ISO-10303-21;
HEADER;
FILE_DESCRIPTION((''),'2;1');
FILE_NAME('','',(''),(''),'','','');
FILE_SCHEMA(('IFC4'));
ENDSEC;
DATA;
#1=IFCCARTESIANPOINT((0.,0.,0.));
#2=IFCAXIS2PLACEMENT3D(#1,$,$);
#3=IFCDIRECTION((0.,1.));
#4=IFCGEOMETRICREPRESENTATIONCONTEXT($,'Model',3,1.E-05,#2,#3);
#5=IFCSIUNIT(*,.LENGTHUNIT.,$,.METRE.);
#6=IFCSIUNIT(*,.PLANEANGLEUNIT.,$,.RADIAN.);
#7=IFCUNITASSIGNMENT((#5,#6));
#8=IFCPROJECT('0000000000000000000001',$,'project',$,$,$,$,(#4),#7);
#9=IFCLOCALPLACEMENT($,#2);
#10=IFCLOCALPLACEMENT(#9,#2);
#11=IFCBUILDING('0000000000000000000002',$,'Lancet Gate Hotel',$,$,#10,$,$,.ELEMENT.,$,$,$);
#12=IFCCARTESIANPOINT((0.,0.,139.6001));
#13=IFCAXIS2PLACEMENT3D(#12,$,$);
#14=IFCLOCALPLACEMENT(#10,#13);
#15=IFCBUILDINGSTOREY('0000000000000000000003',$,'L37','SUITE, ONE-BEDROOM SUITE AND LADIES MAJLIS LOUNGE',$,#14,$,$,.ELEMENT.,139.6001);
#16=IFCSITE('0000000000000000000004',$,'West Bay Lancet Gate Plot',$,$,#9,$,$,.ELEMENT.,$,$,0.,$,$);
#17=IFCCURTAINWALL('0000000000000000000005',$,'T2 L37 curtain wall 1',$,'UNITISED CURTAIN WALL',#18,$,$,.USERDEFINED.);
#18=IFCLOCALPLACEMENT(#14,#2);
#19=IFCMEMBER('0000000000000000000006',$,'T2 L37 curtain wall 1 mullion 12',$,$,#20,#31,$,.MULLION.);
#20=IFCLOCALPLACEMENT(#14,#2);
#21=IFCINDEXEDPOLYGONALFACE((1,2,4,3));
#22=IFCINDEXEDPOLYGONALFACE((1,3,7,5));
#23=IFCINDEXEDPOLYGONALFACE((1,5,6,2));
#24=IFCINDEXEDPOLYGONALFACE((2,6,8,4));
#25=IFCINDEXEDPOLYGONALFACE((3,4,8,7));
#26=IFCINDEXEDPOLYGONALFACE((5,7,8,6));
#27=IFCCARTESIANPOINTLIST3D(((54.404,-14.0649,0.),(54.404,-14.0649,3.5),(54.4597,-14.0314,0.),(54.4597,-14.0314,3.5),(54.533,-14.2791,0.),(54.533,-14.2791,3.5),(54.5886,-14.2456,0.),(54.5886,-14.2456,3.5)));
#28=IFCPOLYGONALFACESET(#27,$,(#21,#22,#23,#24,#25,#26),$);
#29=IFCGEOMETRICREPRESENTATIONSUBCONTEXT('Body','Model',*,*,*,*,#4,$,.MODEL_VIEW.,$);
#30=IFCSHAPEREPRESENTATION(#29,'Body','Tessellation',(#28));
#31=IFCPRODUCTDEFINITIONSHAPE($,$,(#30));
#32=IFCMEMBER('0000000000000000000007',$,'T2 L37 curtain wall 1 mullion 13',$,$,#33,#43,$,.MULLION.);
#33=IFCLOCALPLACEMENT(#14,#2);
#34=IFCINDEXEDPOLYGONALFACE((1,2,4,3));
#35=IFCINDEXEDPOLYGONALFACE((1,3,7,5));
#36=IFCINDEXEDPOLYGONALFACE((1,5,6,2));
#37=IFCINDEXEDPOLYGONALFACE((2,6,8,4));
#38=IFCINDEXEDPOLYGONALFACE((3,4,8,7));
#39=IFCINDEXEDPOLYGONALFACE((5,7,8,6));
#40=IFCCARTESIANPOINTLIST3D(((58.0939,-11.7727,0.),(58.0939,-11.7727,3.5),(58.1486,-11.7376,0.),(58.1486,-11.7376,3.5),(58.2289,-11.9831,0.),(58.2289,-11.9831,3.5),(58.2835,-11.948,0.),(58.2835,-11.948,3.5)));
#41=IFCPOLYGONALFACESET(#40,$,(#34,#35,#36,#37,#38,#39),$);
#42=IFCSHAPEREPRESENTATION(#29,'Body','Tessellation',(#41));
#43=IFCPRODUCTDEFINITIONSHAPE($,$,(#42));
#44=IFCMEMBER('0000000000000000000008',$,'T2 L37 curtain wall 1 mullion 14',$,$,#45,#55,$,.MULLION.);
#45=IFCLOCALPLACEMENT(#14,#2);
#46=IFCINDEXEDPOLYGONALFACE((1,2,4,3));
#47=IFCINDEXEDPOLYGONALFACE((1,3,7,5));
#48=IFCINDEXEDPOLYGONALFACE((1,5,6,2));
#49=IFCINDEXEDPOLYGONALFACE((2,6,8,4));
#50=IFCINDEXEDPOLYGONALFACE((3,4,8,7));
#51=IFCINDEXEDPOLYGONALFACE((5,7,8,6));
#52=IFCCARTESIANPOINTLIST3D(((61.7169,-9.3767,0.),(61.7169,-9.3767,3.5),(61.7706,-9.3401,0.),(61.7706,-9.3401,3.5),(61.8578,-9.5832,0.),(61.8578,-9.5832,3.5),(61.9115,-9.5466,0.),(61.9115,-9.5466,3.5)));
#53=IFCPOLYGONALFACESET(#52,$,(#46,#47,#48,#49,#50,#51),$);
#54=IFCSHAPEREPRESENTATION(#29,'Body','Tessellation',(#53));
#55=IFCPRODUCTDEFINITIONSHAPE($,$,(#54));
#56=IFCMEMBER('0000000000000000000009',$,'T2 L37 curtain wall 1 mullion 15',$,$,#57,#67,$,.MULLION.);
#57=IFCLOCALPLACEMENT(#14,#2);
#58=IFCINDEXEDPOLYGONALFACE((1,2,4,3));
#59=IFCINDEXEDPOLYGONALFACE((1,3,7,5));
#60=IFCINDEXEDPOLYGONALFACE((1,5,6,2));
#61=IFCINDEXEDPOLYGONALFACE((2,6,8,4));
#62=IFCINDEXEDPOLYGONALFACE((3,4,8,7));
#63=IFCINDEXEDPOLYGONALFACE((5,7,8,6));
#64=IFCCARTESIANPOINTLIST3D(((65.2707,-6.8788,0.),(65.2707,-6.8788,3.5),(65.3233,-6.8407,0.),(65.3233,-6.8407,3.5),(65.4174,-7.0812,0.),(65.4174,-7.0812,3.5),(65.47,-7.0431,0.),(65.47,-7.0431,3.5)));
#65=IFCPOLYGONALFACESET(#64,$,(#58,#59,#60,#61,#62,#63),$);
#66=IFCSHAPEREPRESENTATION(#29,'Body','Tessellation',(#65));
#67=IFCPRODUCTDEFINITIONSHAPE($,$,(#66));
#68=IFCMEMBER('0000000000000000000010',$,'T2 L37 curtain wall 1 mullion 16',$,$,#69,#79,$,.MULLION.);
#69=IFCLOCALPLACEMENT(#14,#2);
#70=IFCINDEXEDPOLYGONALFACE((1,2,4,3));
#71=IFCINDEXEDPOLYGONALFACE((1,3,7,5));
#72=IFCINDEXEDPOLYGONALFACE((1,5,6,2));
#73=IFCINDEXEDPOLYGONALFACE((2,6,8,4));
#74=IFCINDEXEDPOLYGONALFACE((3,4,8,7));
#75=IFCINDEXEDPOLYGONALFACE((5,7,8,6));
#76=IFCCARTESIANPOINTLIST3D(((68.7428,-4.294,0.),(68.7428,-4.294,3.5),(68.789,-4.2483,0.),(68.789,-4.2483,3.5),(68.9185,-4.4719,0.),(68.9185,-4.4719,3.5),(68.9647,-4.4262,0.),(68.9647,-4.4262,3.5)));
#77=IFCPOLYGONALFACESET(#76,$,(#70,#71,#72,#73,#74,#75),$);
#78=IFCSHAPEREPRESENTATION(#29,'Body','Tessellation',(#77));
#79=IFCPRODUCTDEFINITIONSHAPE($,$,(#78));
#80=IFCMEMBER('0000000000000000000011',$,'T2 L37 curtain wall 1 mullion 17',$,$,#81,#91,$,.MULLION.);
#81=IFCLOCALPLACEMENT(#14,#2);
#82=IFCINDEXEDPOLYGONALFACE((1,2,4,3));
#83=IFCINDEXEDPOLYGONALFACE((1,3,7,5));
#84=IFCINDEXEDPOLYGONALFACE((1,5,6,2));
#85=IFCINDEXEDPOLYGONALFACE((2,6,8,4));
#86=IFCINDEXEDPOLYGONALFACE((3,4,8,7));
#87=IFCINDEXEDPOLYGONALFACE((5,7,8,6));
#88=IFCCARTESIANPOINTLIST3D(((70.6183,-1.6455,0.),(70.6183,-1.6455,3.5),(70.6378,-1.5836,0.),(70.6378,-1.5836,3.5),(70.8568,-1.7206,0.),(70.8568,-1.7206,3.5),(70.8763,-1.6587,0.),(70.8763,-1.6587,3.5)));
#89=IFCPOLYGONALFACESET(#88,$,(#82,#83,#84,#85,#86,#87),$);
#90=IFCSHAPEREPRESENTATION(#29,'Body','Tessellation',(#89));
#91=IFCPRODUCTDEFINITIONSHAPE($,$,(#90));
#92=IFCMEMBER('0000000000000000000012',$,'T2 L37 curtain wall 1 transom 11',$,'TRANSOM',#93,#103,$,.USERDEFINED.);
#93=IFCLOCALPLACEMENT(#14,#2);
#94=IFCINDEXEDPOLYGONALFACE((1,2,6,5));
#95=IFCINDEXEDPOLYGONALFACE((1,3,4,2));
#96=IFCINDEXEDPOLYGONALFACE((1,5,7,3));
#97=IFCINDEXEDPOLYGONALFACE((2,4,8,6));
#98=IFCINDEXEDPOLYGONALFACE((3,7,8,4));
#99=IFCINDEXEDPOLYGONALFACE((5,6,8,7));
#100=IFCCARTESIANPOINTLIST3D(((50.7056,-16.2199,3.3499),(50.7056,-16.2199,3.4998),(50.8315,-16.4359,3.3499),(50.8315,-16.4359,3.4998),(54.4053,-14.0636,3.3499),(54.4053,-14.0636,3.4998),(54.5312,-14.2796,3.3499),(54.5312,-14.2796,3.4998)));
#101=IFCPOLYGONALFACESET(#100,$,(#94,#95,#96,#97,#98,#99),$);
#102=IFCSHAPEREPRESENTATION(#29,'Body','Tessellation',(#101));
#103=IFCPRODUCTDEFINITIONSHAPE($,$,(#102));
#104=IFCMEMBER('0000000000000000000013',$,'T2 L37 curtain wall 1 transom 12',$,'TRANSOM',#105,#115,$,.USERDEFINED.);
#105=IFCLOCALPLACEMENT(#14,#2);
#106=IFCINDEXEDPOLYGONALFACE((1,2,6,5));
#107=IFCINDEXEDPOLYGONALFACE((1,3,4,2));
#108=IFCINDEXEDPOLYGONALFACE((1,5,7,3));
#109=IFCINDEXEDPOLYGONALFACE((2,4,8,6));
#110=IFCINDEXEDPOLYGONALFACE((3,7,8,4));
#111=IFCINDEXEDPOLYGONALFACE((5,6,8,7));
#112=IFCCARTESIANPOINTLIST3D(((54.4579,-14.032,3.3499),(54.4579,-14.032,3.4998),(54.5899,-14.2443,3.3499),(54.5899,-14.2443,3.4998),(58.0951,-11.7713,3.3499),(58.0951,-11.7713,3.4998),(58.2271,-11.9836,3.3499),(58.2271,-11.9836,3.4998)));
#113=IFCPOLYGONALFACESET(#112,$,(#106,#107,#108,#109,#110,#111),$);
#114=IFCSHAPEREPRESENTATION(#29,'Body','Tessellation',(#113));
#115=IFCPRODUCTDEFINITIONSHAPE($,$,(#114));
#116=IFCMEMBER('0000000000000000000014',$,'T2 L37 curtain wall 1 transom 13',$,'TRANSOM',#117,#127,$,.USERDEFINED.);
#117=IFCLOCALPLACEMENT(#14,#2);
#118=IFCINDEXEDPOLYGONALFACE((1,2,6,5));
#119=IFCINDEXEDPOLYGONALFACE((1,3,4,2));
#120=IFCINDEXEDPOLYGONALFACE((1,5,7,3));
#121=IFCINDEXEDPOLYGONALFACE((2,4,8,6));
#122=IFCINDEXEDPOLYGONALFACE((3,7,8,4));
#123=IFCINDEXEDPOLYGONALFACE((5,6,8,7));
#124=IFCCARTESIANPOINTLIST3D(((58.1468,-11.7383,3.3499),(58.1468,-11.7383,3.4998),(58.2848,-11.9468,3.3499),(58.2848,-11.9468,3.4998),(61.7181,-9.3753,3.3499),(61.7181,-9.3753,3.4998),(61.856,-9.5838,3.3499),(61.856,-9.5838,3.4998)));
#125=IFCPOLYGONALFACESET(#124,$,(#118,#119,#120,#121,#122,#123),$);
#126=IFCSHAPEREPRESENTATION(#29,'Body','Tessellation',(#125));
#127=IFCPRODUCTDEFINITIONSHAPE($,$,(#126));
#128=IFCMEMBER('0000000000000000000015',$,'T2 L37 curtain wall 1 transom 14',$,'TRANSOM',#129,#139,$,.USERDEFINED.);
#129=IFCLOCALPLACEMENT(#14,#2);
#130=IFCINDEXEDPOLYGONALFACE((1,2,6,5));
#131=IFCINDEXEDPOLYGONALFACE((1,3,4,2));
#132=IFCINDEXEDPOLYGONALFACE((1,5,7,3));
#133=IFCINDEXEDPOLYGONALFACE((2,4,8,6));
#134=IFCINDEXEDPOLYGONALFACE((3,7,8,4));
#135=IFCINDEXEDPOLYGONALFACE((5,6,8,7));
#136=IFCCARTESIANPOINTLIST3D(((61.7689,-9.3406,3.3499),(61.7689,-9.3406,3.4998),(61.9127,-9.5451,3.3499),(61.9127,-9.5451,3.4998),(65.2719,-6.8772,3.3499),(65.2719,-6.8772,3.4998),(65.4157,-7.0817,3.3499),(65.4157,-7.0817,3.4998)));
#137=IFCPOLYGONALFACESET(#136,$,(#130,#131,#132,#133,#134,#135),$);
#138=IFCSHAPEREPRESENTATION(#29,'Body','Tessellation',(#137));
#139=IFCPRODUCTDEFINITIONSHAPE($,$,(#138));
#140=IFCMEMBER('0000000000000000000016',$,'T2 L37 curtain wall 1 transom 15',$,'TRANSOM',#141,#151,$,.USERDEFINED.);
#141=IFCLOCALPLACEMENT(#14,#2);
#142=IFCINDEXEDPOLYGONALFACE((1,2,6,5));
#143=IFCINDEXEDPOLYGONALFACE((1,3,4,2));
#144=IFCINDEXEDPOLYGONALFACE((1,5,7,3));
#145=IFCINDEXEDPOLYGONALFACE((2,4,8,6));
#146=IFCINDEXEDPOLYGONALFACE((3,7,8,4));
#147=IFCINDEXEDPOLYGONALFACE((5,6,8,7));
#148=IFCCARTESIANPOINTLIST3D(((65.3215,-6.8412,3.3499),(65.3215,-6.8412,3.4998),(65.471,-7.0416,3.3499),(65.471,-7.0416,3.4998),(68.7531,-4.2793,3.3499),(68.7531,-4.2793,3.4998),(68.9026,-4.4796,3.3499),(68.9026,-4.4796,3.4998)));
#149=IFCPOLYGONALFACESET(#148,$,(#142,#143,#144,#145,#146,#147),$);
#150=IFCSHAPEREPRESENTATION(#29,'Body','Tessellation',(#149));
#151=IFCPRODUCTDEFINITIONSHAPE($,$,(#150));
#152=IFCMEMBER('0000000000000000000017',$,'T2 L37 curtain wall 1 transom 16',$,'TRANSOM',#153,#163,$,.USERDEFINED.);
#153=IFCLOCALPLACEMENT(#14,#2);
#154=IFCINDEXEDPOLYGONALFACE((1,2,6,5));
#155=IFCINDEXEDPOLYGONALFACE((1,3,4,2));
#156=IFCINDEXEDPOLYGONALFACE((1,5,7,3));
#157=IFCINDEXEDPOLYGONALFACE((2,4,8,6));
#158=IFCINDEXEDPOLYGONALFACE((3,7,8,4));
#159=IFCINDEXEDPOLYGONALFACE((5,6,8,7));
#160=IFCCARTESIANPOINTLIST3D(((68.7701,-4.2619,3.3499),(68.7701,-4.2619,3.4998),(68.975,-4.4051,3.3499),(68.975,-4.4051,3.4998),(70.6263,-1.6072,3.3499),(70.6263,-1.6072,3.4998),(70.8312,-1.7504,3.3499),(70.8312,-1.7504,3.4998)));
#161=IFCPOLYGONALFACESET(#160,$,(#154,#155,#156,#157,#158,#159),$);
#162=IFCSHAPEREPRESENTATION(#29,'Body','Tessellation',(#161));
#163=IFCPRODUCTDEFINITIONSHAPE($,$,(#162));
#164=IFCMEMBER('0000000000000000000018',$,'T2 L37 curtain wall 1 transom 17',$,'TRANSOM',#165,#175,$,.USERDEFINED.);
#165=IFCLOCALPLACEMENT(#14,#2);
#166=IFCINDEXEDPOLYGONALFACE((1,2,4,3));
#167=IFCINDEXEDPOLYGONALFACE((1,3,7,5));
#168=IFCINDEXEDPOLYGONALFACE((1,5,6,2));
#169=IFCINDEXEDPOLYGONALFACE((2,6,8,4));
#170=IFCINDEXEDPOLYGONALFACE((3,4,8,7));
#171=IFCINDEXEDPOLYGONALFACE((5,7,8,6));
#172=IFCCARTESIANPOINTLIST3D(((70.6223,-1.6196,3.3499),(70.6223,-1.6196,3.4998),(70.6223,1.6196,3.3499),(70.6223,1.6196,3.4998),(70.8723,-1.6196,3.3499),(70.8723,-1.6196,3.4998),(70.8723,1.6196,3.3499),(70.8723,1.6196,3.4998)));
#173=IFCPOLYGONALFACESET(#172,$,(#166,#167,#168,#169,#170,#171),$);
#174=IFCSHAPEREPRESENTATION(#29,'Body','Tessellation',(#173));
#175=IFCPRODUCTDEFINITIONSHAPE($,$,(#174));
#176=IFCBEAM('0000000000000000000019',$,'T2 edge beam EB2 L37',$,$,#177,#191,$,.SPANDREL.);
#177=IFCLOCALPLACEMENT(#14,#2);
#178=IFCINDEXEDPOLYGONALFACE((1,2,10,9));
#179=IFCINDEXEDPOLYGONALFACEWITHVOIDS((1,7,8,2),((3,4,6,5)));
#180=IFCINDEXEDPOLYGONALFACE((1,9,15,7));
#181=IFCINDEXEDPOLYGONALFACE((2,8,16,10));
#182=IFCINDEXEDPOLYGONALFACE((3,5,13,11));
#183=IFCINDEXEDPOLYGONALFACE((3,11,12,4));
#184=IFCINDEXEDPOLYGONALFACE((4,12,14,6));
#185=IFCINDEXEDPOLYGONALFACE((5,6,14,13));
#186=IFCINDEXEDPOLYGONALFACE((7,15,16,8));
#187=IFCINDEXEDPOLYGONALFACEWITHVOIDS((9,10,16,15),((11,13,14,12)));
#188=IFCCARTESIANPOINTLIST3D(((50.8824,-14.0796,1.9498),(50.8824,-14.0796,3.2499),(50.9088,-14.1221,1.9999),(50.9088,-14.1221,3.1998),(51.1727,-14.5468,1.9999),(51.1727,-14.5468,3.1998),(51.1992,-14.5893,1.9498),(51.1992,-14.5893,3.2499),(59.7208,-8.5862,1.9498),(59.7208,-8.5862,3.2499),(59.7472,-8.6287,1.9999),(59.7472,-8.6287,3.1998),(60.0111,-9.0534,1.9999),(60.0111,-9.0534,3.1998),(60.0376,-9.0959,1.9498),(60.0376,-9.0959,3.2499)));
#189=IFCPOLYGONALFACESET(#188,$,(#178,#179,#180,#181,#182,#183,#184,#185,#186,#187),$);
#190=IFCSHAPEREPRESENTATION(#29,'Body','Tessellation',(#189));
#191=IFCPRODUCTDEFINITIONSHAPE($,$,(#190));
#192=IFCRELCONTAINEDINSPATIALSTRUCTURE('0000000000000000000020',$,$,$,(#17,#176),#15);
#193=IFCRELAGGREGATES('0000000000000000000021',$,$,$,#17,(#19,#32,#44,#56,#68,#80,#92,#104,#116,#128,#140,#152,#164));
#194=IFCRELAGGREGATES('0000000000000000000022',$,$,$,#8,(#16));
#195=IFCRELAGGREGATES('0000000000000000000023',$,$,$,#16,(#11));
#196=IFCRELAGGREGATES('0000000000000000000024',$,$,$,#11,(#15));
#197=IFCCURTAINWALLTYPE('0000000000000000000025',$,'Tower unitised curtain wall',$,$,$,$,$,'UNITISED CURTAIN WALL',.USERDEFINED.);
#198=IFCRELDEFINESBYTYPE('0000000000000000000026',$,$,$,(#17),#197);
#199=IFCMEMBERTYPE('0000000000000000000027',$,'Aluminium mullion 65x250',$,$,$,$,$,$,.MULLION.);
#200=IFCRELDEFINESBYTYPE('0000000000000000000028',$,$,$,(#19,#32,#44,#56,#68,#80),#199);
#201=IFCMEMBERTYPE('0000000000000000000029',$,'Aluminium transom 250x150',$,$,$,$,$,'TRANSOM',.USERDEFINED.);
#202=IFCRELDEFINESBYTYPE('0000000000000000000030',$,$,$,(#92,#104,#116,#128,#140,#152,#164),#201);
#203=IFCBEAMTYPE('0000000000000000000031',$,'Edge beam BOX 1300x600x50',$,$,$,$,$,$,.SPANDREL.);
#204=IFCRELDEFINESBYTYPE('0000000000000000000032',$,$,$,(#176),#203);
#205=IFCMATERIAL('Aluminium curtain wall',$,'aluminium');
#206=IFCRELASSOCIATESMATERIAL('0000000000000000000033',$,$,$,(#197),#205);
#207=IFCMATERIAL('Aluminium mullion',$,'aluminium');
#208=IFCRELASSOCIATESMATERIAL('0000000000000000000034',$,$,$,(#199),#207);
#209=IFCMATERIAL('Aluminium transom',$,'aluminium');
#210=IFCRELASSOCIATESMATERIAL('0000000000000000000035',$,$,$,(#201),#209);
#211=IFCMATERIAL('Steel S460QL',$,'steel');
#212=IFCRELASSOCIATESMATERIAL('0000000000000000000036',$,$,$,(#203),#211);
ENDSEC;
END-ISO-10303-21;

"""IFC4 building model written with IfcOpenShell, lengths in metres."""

from ifc_helpers import new_model, si_unit, direction, frame, origin, origin_2d, place, context, subcontext, project, spatial, rectangle, hollow_rectangle, extrude, material, material_profile, profile_set, type_object, element, aggregate, save


model = new_model("IFC4")

# Units and contexts
model_context = context("Model", 3, precision=1e-05, world=origin(), true_north=direction((0.0, 1.0)))
body_context = subcontext(model_context, "Body", "Model", "MODEL_VIEW")
ifc_project = project(units=[si_unit("LENGTHUNIT", "METRE"), si_unit("PLANEANGLEUNIT", "RADIAN")], contexts=[model_context])

# Site, building, storey
site_placement = place(None, origin())
site = spatial("IfcSite", under=ifc_project, at=site_placement, Name="West Bay Lancet Gate Plot", CompositionType="ELEMENT", RefElevation=0.0)
building_placement = place(site_placement, origin())
building = spatial("IfcBuilding", under=site, at=building_placement, Name="Lancet Gate Hotel", CompositionType="ELEMENT")
storey_placement = place(building_placement, frame((0.0, 0.0, 139.6001)))
storey = spatial("IfcBuildingStorey", under=building, at=storey_placement, Name="L37", Description="SUITE, ONE-BEDROOM SUITE AND LADIES MAJLIS LOUNGE", CompositionType="ELEMENT", Elevation=139.6001)

# Curtain wall, members
ifc_material_1 = material(Name="Aluminium curtain wall", Category="aluminium")
curtain_wall_type = type_object("IfcCurtainWallType", Name="Tower unitised curtain wall", ElementType="UNITISED CURTAIN WALL", PredefinedType="USERDEFINED", material=ifc_material_1)
curtain_wall_placement = place(storey_placement, origin())
curtain_wall = element("IfcCurtainWall", 1, at=curtain_wall_placement, inside=storey, type_object=curtain_wall_type, Name="T2 L37 curtain wall 1", ObjectType="UNITISED CURTAIN WALL", PredefinedType="USERDEFINED")
ifc_material_2 = material(Name="Aluminium mullion", Category="aluminium")
ifc_material_profile_1 = material_profile(ifc_material_2, rectangle(XDim=0.0649, YDim=0.25, at=origin_2d()), Name="MULLION 65x250")
ifc_profile_set_1 = profile_set([ifc_material_profile_1], Name="Aluminium mullion")
member_type_1 = type_object("IfcMemberType", Name="Aluminium mullion 65x250", PredefinedType="MULLION", material=ifc_profile_set_1)
member_1_placement = place(storey_placement, frame((54.4963, -14.1553, 0.0), z_axis=(0.0, 0.0, 1.0), x_axis=(0.856728, 0.515768, 0.0)))
member_1 = element("IfcMember", 2, at=member_1_placement, type_object=member_type_1, Name="T2 L37 curtain wall 1 mullion 12", PredefinedType="MULLION", context=body_context, shape_type="SweptSolid", body=[
    extrude(rectangle(XDim=0.0649, YDim=0.25, at=origin_2d()), origin(), (0.0, 0.0, 1.0), 3.5),
])
member_2_placement = place(storey_placement, frame((58.1887, -11.8604, 0.0), z_axis=(0.0, 0.0, 1.0), x_axis=(0.841736, 0.539889, 0.0)))
member_2 = element("IfcMember", 3, at=member_2_placement, type_object=member_type_1, Name="T2 L37 curtain wall 1 mullion 13", PredefinedType="MULLION", context=body_context, shape_type="SweptSolid", body=[
    extrude(rectangle(XDim=0.0649, YDim=0.25, at=origin_2d()), origin(), (0.0, 0.0, 1.0), 3.5),
])
member_3_placement = place(storey_placement, frame((61.8142, -9.4617, 0.0), z_axis=(0.0, 0.0, 1.0), x_axis=(0.826066, 0.563574, 0.0)))
member_3 = element("IfcMember", 4, at=member_3_placement, type_object=member_type_1, Name="T2 L37 curtain wall 1 mullion 14", PredefinedType="MULLION", context=body_context, shape_type="SweptSolid", body=[
    extrude(rectangle(XDim=0.0649, YDim=0.25, at=origin_2d()), origin(), (0.0, 0.0, 1.0), 3.5),
])
member_4_placement = place(storey_placement, frame((65.3704, -6.9609, 0.0), z_axis=(0.0, 0.0, 1.0), x_axis=(0.809729, 0.586805, 0.0)))
member_4 = element("IfcMember", 5, at=member_4_placement, type_object=member_type_1, Name="T2 L37 curtain wall 1 mullion 15", PredefinedType="MULLION", context=body_context, shape_type="SweptSolid", body=[
    extrude(rectangle(XDim=0.0649, YDim=0.25, at=origin_2d()), origin(), (0.0, 0.0, 1.0), 3.5),
])
member_5_placement = place(storey_placement, frame((68.8538, -4.3601, 0.0), z_axis=(0.0, 0.0, 1.0), x_axis=(0.71161, 0.702574, 0.0)))
member_5 = element("IfcMember", 6, at=member_5_placement, type_object=member_type_1, Name="T2 L37 curtain wall 1 mullion 16", PredefinedType="MULLION", context=body_context, shape_type="SweptSolid", body=[
    extrude(rectangle(XDim=0.0649, YDim=0.25, at=origin_2d()), origin(), (0.0, 0.0, 1.0), 3.5),
])
member_6_placement = place(storey_placement, frame((70.7473, -1.6521, 0.0), z_axis=(0.0, 0.0, 1.0), x_axis=(0.300385, 0.953818, 0.0)))
member_6 = element("IfcMember", 7, at=member_6_placement, type_object=member_type_1, Name="T2 L37 curtain wall 1 mullion 17", PredefinedType="MULLION", context=body_context, shape_type="SweptSolid", body=[
    extrude(rectangle(XDim=0.0649, YDim=0.25, at=origin_2d()), origin(), (0.0, 0.0, 1.0), 3.5),
])
ifc_material_3 = material(Name="Aluminium transom", Category="aluminium")
ifc_material_profile_2 = material_profile(ifc_material_3, rectangle(XDim=0.25, YDim=0.1499, at=origin_2d()), Name="TRANSOM 250x150")
ifc_profile_set_2 = profile_set([ifc_material_profile_2], Name="Aluminium transom")
member_type_2 = type_object("IfcMemberType", Name="Aluminium transom 250x150", ElementType="TRANSOM", PredefinedType="USERDEFINED", material=ifc_profile_set_2)
member_7_placement = place(storey_placement, frame((50.7686, -16.3279, 3.4248), z_axis=(0.863973, 0.503538, 0.0), x_axis=(-0.503538, 0.863973, 0.0)))
member_7 = element("IfcMember", 8, at=member_7_placement, type_object=member_type_2, Name="T2 L37 curtain wall 1 transom 11", ObjectType="TRANSOM", PredefinedType="USERDEFINED", context=body_context, shape_type="SweptSolid", body=[
    extrude(rectangle(XDim=0.25, YDim=0.1499, at=origin_2d()), origin(), (0.0, 0.0, 1.0), 4.2822),
])
member_8_placement = place(storey_placement, frame((54.5239, -14.1382, 3.4248), z_axis=(0.849309, 0.527896, 0.0), x_axis=(-0.527896, 0.849309, 0.0)))
member_8 = element("IfcMember", 9, at=member_8_placement, type_object=member_type_2, Name="T2 L37 curtain wall 1 transom 12", ObjectType="TRANSOM", PredefinedType="USERDEFINED", context=body_context, shape_type="SweptSolid", body=[
    extrude(rectangle(XDim=0.25, YDim=0.1499, at=origin_2d()), origin(), (0.0, 0.0, 1.0), 4.2825),
])
member_9_placement = place(storey_placement, frame((58.2158, -11.8425, 3.4248), z_axis=(0.833966, 0.551816, 0.0), x_axis=(-0.551816, 0.833966, 0.0)))
member_9 = element("IfcMember", 10, at=member_9_placement, type_object=member_type_2, Name="T2 L37 curtain wall 1 transom 13", ObjectType="TRANSOM", PredefinedType="USERDEFINED", context=body_context, shape_type="SweptSolid", body=[
    extrude(rectangle(XDim=0.25, YDim=0.1499, at=origin_2d()), origin(), (0.0, 0.0, 1.0), 4.2822),
])
member_10_placement = place(storey_placement, frame((61.8408, -9.4429, 3.4248), z_axis=(0.817987, 0.575236, 0.0), x_axis=(-0.575236, 0.817987, 0.0)))
member_10 = element("IfcMember", 11, at=member_10_placement, type_object=member_type_2, Name="T2 L37 curtain wall 1 transom 14", ObjectType="TRANSOM", PredefinedType="USERDEFINED", context=body_context, shape_type="SweptSolid", body=[
    extrude(rectangle(XDim=0.25, YDim=0.1499, at=origin_2d()), origin(), (0.0, 0.0, 1.0), 4.2825),
])
member_11_placement = place(storey_placement, frame((65.3962, -6.9414, 3.4248), z_axis=(0.801312, 0.598247, 0.0), x_axis=(-0.598247, 0.801312, 0.0)))
member_11 = element("IfcMember", 12, at=member_11_placement, type_object=member_type_2, Name="T2 L37 curtain wall 1 transom 15", ObjectType="TRANSOM", PredefinedType="USERDEFINED", context=body_context, shape_type="SweptSolid", body=[
    extrude(rectangle(XDim=0.25, YDim=0.1499, at=origin_2d()), origin(), (0.0, 0.0, 1.0), 4.2825),
])
member_12_placement = place(storey_placement, frame((68.8726, -4.3335, 3.4248), z_axis=(0.573017, 0.819543, 0.0), x_axis=(-0.819543, 0.573017, 0.0)))
member_12 = element("IfcMember", 13, at=member_12_placement, type_object=member_type_2, Name="T2 L37 curtain wall 1 transom 16", ObjectType="TRANSOM", PredefinedType="USERDEFINED", context=body_context, shape_type="SweptSolid", body=[
    extrude(rectangle(XDim=0.25, YDim=0.1499, at=origin_2d()), origin(), (0.0, 0.0, 1.0), 3.2393),
])
member_13_placement = place(storey_placement, frame((70.7473, -1.6196, 3.4248), z_axis=(0.0, 1.0, 0.0), x_axis=(-1.0, 0.0, 0.0)))
member_13 = element("IfcMember", 14, at=member_13_placement, type_object=member_type_2, Name="T2 L37 curtain wall 1 transom 17", ObjectType="TRANSOM", PredefinedType="USERDEFINED", context=body_context, shape_type="SweptSolid", body=[
    extrude(rectangle(XDim=0.25, YDim=0.1499, at=origin_2d()), origin(), (0.0, 0.0, 1.0), 3.2393),
])

# Beam
ifc_material_4 = material(Name="Steel S460QL", Category="steel")
ifc_material_profile_3 = material_profile(ifc_material_4, hollow_rectangle(XDim=0.6001, YDim=1.3, WallThickness=0.05, at=origin_2d()), Name="BOX 1300x600x50")
ifc_profile_set_3 = profile_set([ifc_material_profile_3], Name="Steel S460QL")
beam_type_1 = type_object("IfcBeamType", Name="Edge beam BOX 1300x600x50", PredefinedType="SPANDREL", material=ifc_profile_set_3)
beam_1_placement = place(storey_placement, frame((51.0408, -14.3345, 2.5999), z_axis=(0.849316, 0.527884, 0.0), x_axis=(-0.527884, 0.849316, 0.0)))
element("IfcBeam", 15, at=beam_1_placement, inside=storey, type_object=beam_type_1, Name="T2 edge beam EB2 L37", PredefinedType="SPANDREL", context=body_context, shape_type="SweptSolid", body=[
    extrude(hollow_rectangle(XDim=0.6001, YDim=1.3, WallThickness=0.05, at=origin_2d()), origin(), (0.0, 0.0, 1.0), 10.4065),
])

aggregate(curtain_wall, [member_1, member_2, member_3, member_4, member_5, member_6, member_7, member_8, member_9, member_10, member_11, member_12, member_13])

save(model, "model.ifc")
